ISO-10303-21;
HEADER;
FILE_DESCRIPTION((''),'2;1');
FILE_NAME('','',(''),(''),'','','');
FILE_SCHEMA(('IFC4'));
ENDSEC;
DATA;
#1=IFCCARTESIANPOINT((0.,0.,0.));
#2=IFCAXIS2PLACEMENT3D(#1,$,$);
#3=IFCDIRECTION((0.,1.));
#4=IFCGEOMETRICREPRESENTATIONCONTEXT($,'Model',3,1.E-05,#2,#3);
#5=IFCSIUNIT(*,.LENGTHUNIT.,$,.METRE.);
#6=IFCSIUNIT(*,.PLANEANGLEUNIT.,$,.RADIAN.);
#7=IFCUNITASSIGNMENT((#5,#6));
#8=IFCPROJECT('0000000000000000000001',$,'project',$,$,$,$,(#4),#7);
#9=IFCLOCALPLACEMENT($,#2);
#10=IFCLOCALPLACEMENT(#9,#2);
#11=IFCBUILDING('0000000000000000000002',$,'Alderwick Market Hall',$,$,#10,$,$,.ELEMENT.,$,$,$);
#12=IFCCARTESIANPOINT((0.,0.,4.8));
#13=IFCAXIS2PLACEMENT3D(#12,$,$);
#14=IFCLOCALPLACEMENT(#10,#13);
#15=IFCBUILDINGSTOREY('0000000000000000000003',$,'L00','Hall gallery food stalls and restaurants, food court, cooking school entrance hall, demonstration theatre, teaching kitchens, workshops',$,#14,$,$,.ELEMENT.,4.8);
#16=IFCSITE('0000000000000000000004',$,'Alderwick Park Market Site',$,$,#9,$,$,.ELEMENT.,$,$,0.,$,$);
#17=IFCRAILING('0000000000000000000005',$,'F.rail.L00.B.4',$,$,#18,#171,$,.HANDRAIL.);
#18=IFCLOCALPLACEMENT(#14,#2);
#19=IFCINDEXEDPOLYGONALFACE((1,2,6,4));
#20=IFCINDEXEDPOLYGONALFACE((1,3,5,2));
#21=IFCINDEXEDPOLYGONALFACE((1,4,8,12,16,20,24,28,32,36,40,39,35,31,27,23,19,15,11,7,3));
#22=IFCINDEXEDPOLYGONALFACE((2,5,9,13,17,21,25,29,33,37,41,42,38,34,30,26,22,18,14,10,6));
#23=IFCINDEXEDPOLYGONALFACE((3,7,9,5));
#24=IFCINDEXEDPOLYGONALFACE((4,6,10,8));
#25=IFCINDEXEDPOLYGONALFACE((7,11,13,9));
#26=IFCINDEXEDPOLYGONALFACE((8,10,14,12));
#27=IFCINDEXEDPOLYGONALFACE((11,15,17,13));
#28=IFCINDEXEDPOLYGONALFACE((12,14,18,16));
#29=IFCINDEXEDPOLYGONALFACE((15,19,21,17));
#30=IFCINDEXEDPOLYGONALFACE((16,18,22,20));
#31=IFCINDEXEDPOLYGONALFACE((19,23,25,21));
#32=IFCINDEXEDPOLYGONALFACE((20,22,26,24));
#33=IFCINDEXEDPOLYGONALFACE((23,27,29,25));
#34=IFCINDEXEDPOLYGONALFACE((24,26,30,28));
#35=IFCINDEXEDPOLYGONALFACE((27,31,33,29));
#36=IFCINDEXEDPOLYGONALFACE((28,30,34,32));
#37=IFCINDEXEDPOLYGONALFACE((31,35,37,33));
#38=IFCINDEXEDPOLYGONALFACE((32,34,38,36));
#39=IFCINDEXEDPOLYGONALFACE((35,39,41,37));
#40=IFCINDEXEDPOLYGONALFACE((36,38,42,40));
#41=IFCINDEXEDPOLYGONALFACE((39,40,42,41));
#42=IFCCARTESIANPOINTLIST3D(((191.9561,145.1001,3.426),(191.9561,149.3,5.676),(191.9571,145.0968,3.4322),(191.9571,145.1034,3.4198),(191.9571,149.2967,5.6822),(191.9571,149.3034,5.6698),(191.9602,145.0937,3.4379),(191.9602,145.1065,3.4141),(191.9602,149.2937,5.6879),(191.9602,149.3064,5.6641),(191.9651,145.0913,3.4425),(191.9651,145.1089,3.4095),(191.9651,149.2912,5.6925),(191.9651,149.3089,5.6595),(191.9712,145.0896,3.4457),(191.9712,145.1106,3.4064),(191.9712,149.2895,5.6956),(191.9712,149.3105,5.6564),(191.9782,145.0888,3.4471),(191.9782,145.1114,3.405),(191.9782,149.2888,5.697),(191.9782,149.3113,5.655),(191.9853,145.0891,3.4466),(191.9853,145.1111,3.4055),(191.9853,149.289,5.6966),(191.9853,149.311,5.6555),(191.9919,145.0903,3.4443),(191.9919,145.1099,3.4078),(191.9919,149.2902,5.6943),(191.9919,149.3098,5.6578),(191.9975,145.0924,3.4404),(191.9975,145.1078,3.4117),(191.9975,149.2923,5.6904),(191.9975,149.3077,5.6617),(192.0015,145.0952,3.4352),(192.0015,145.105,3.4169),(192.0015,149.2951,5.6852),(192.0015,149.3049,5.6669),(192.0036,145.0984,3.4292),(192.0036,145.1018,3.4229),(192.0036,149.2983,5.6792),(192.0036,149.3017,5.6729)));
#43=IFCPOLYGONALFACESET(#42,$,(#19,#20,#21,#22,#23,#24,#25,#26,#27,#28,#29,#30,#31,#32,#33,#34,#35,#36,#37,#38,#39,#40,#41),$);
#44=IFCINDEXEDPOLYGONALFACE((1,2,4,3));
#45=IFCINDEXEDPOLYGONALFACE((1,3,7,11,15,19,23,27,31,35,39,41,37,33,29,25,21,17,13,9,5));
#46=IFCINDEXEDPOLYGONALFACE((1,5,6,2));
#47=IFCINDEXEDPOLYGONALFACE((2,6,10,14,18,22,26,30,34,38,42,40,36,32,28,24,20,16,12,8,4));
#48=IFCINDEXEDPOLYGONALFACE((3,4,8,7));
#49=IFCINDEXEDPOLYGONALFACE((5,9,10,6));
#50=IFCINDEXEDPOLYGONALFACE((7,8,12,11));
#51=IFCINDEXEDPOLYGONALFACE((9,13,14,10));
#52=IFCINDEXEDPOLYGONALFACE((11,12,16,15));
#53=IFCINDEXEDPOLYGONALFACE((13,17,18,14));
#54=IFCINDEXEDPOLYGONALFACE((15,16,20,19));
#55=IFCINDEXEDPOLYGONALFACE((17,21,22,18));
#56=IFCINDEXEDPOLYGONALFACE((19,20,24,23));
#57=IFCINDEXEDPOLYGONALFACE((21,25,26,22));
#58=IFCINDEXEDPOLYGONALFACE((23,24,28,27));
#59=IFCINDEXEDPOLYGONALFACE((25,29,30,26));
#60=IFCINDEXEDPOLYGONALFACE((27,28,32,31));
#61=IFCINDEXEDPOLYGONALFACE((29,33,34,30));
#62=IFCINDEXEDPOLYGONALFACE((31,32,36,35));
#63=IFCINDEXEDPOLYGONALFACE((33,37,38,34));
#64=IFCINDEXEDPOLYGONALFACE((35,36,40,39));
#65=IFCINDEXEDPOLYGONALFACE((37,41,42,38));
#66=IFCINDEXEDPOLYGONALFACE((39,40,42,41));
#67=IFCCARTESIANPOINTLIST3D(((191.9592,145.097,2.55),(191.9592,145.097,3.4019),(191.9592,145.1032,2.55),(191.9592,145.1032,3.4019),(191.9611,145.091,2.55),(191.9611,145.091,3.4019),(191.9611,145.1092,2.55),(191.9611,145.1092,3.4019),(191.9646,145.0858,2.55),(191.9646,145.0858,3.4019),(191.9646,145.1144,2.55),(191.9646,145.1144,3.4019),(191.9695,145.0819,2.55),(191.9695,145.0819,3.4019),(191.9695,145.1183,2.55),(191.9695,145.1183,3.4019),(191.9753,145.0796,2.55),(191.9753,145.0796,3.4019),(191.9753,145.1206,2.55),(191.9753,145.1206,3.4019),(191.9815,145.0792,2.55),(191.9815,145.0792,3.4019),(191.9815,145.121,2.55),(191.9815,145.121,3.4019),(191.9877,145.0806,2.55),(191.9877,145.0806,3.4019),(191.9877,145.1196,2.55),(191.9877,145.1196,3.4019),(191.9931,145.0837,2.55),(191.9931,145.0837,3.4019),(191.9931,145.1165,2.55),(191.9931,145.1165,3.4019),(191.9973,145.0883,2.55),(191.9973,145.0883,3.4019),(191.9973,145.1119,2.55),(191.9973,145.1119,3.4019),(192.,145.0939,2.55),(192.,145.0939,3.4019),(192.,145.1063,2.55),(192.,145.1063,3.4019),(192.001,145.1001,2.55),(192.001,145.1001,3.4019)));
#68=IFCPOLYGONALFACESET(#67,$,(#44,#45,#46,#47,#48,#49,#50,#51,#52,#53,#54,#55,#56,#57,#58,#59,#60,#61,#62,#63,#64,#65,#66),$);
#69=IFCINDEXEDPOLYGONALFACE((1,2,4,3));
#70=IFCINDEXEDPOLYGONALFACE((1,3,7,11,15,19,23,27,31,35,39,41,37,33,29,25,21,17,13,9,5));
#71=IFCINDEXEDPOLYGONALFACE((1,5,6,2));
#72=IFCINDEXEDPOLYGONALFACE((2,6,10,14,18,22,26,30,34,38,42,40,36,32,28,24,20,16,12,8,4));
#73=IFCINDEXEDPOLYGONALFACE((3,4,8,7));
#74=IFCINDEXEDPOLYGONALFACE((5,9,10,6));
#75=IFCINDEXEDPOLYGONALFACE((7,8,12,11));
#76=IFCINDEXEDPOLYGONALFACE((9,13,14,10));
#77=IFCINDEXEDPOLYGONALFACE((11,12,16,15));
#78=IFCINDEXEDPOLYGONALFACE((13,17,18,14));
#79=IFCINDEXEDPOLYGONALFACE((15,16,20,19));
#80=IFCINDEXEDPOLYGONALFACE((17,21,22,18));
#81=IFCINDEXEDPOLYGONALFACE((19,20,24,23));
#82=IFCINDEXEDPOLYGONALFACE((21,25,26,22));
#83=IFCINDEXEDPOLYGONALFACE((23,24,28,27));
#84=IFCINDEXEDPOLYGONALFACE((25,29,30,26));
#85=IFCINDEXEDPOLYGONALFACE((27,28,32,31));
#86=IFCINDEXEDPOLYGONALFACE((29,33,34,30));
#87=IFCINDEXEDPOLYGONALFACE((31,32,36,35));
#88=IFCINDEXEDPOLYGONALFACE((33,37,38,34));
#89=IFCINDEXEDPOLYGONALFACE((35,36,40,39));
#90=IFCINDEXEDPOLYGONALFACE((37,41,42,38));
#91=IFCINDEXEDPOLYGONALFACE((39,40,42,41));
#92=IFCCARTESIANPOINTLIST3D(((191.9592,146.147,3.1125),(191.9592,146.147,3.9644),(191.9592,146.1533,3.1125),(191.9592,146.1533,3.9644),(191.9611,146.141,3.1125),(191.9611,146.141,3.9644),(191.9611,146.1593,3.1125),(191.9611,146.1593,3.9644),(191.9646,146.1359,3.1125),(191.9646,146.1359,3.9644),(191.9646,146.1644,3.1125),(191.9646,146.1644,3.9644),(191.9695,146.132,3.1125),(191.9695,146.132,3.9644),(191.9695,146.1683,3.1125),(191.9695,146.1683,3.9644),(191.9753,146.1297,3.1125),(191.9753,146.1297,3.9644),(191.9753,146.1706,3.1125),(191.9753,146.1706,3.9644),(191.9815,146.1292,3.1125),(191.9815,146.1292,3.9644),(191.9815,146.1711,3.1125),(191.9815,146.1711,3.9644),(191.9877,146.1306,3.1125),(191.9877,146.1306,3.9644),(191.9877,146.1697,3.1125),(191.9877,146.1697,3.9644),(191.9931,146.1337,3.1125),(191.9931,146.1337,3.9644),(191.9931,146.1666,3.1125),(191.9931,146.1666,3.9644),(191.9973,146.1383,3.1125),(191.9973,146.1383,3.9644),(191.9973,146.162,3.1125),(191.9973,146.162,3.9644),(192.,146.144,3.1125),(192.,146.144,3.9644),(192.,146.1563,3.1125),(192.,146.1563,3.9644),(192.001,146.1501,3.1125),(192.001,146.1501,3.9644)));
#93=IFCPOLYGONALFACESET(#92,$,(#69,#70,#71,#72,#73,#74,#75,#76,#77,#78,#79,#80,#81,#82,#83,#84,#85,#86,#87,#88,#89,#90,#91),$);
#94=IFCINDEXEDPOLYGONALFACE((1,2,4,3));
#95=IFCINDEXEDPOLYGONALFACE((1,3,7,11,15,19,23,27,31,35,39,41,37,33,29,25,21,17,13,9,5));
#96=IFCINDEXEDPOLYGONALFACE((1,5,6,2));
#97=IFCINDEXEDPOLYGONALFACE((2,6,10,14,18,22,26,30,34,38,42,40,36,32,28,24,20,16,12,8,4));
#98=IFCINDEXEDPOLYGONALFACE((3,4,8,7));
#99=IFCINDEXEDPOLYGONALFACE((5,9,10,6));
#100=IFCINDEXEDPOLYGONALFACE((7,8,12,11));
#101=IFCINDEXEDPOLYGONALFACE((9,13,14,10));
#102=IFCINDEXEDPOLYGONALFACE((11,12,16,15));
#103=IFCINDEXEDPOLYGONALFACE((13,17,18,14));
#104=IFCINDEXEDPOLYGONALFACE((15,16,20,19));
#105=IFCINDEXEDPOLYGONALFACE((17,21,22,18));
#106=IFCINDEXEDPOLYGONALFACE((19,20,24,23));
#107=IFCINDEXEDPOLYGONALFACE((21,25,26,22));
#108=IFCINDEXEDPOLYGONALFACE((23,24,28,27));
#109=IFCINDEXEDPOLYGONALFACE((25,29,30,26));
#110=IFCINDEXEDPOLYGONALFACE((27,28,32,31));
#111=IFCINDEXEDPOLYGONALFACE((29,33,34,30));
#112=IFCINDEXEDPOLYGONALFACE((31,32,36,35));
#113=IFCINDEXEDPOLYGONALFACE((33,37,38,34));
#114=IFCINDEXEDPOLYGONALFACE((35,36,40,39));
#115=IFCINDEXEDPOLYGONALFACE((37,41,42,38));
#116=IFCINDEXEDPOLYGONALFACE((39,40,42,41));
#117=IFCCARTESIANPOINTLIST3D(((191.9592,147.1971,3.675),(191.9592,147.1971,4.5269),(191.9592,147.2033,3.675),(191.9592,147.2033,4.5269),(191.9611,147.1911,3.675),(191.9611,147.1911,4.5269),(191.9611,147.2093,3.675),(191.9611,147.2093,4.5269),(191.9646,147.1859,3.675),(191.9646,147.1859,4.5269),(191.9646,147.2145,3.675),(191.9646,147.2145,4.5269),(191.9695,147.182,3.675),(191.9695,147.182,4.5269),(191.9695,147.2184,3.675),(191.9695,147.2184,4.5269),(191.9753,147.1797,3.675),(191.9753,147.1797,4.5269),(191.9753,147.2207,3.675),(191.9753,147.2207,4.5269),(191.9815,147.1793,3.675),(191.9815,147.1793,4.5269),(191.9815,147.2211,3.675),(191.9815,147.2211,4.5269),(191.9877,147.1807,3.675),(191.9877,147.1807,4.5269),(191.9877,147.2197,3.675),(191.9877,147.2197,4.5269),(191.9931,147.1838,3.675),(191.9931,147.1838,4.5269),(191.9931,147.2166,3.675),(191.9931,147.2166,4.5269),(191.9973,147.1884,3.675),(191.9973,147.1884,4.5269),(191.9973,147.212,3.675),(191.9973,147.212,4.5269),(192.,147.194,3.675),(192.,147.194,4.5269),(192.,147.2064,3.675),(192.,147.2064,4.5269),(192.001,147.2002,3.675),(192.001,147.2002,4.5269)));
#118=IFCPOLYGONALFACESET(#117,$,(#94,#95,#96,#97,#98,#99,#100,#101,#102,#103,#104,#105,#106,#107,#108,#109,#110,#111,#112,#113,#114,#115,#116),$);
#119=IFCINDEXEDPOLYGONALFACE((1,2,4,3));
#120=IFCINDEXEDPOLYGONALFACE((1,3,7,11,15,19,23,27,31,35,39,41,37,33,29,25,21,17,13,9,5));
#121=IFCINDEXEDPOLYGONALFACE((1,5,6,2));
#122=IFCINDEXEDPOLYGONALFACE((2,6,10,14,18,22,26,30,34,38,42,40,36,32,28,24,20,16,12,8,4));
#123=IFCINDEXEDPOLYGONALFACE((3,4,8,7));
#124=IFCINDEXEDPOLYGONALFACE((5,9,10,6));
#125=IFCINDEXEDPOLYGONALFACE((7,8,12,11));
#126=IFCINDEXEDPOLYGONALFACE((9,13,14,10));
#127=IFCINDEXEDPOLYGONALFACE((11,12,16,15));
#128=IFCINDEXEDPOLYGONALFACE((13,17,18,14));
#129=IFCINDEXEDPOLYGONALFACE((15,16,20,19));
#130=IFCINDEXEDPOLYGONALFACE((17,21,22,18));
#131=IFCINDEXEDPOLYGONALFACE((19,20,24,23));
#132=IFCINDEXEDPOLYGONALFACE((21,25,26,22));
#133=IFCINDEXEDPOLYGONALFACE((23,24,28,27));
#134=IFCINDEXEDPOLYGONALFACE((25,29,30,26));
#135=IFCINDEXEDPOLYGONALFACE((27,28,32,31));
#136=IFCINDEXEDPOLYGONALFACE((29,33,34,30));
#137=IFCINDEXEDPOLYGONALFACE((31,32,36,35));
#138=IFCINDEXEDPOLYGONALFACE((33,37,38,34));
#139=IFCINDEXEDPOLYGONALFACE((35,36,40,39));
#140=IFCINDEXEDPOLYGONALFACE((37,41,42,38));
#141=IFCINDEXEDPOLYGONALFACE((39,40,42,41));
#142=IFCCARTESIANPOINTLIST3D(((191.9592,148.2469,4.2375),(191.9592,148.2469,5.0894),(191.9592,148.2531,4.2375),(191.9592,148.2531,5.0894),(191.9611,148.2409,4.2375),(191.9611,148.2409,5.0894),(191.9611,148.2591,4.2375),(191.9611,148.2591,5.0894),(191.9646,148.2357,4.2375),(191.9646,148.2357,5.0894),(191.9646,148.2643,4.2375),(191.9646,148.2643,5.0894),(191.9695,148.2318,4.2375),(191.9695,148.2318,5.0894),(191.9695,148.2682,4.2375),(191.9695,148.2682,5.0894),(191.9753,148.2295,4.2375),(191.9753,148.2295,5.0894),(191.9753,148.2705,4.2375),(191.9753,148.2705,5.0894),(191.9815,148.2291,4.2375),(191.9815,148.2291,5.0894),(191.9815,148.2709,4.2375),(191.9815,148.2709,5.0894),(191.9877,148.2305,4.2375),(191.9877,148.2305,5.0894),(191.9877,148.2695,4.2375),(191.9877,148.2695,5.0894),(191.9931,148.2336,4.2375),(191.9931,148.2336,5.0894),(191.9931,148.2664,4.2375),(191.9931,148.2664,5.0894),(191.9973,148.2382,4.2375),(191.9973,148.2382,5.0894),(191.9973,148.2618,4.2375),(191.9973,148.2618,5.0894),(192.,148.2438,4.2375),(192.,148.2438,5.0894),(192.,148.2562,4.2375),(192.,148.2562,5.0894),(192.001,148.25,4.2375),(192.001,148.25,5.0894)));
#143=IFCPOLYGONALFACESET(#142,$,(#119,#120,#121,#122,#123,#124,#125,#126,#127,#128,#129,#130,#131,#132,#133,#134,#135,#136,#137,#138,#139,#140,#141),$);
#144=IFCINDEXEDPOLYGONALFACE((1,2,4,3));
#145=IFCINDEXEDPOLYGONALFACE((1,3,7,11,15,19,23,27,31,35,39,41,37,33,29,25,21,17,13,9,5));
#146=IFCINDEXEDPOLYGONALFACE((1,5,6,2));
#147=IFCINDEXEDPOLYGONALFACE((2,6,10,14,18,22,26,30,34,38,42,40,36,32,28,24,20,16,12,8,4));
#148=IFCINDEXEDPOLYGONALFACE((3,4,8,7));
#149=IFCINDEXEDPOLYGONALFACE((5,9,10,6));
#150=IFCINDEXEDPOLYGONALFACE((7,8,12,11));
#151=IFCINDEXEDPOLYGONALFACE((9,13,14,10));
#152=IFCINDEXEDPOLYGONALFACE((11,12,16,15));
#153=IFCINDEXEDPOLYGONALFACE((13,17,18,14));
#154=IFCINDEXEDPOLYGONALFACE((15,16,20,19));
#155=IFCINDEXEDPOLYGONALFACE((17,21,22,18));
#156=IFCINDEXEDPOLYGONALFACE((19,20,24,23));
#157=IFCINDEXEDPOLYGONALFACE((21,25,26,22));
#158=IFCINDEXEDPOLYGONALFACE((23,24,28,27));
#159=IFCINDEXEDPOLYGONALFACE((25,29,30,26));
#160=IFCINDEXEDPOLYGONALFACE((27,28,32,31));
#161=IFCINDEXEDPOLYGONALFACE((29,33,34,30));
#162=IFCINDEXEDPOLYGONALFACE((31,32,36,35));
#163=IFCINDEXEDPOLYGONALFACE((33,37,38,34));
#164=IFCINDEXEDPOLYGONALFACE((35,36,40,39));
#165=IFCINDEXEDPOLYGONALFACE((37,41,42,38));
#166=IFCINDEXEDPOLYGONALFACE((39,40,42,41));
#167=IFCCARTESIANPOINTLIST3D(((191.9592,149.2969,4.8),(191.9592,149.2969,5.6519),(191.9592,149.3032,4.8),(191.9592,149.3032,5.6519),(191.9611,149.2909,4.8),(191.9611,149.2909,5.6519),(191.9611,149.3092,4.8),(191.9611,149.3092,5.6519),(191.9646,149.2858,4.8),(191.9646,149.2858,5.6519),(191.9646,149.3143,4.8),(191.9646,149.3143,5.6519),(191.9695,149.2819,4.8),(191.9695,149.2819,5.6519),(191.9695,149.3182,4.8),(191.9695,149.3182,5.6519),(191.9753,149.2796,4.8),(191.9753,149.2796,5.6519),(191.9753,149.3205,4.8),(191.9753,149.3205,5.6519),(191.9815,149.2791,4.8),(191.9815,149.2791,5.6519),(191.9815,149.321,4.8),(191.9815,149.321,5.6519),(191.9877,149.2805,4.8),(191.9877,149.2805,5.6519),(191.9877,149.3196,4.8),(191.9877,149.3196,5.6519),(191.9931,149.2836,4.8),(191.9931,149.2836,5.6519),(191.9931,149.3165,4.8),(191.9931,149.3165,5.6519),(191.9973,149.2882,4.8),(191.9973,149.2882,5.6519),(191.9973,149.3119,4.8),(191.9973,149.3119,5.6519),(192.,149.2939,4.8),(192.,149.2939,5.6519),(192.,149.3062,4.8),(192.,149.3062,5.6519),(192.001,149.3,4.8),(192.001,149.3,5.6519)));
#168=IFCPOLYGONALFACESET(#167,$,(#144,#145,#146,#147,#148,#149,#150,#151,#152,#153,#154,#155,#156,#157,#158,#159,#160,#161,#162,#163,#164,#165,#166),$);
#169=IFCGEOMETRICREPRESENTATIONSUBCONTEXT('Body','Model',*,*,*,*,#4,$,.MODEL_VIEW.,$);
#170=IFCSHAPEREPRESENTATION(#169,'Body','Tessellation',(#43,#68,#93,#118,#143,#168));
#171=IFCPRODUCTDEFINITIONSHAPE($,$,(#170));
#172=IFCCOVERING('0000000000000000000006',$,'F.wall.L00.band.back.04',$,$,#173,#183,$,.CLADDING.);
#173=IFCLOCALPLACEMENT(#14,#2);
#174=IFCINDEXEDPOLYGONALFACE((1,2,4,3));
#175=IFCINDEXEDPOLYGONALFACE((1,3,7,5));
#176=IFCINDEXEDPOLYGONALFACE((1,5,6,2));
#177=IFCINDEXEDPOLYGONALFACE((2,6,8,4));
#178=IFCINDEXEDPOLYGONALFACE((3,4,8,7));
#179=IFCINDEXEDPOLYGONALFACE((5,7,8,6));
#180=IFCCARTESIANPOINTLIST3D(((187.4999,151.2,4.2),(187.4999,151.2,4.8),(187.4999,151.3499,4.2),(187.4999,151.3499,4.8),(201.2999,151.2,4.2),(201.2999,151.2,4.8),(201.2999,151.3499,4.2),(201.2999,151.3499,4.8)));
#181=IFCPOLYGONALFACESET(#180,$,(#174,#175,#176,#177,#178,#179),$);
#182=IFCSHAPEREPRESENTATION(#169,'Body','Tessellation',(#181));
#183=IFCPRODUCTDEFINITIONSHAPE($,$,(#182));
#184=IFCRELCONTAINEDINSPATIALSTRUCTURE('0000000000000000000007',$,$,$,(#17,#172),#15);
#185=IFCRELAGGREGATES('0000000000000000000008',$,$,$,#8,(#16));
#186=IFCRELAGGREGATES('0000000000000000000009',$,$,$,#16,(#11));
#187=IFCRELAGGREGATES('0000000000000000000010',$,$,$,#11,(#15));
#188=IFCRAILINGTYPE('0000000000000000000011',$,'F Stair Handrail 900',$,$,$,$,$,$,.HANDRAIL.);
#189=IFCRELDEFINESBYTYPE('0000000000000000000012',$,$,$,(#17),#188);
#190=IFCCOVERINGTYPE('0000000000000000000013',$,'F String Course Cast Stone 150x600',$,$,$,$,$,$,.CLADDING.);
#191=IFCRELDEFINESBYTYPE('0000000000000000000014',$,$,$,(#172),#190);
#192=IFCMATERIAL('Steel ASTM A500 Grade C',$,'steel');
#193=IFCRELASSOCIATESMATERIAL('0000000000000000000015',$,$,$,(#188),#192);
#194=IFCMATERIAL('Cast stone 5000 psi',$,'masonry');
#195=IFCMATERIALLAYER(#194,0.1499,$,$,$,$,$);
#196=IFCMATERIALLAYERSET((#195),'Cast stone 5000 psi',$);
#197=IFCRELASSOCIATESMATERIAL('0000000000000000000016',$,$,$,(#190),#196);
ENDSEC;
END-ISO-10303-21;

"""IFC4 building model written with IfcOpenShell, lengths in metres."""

from ifc_helpers import new_model, si_unit, direction, frame, frame_2d, origin, origin_2d, place, context, subcontext, project, spatial, rectangle, circle, extrude, material, layer, layer_set, type_object, element, save


model = new_model("IFC4")

# Units and contexts
model_context = context("Model", 3, precision=1e-05, world=origin(), true_north=direction((0.0, 1.0)))
body_context = subcontext(model_context, "Body", "Model", "MODEL_VIEW")
ifc_project = project(units=[si_unit("LENGTHUNIT", "METRE"), si_unit("PLANEANGLEUNIT", "RADIAN")], contexts=[model_context])

# Site, building, storey
site_placement = place(None, origin())
site = spatial("IfcSite", under=ifc_project, at=site_placement, Name="Alderwick Park Market Site", CompositionType="ELEMENT", RefElevation=0.0)
building_placement = place(site_placement, origin())
building = spatial("IfcBuilding", under=site, at=building_placement, Name="Alderwick Market Hall", CompositionType="ELEMENT")
storey_placement = place(building_placement, frame((0.0, 0.0, 4.8)))
storey = spatial("IfcBuildingStorey", under=building, at=storey_placement, Name="L00", Description="Hall gallery food stalls and restaurants, food court, cooking school entrance hall, demonstration theatre, teaching kitchens, workshops", CompositionType="ELEMENT", Elevation=4.8)

# Railing
ifc_material_1 = material(Name="Steel ASTM A500 Grade C", Category="steel")
railing_type_1 = type_object("IfcRailingType", Name="F Stair Handrail 900", PredefinedType="HANDRAIL", material=ifc_material_1)
for number, where, name in (
    (1, (191.98, 145.1001, 2.55), "F.rail.L00.B.4"),
):
    element("IfcRailing", number, at=place(storey_placement, frame(where)), inside=storey, type_object=railing_type_1, Name=name, PredefinedType="HANDRAIL", context=body_context, shape_type="SweptSolid", body=[
        extrude(circle(Radius=0.0239, at=origin_2d()), frame((0.0, 0.0, 0.876), z_axis=(0.0, 0.881478, 0.472226), x_axis=(-1.0, 0.0, 0.0)), (0.0, 0.0, 1.0), 4.7646),
        extrude(circle(Radius=0.021, at=origin_2d()), origin(), (0.0, 0.0, 1.0), 0.8518),
        extrude(circle(Radius=0.021, at=origin_2d()), frame((0.0, 1.05, 0.5625)), (0.0, 0.0, 1.0), 0.8518),
        extrude(circle(Radius=0.021, at=origin_2d()), frame((0.0, 2.1001, 1.125)), (0.0, 0.0, 1.0), 0.8518),
        extrude(circle(Radius=0.021, at=origin_2d()), frame((0.0, 3.1499, 1.6875)), (0.0, 0.0, 1.0), 0.8518),
        extrude(circle(Radius=0.021, at=origin_2d()), frame((0.0, 4.2, 2.25)), (0.0, 0.0, 1.0), 0.8518),
    ])

# Covering
ifc_material_2 = material(Name="Cast stone 5000 psi", Category="masonry")
ifc_layer_1 = layer(ifc_material_2, 0.1499)
ifc_layer_set_1 = layer_set([ifc_layer_1], Name="Cast stone 5000 psi")
covering_type = type_object("IfcCoveringType", Name="F String Course Cast Stone 150x600", PredefinedType="CLADDING", material=ifc_layer_set_1)
covering_placement = place(storey_placement, frame((187.5, 151.2749, 4.2), z_axis=(0.0, 0.0, 1.0), x_axis=(1.0, 0.0, 0.0)))
element("IfcCovering", 2, at=covering_placement, inside=storey, type_object=covering_type, Name="F.wall.L00.band.back.04", PredefinedType="CLADDING", context=body_context, shape_type="SweptSolid", body=[
    extrude(rectangle(XDim=13.8, YDim=0.1499, at=frame_2d((6.8999, 0.0))), origin(), (0.0, 0.0, 1.0), 0.6001),
])

save(model, "model.ifc")
